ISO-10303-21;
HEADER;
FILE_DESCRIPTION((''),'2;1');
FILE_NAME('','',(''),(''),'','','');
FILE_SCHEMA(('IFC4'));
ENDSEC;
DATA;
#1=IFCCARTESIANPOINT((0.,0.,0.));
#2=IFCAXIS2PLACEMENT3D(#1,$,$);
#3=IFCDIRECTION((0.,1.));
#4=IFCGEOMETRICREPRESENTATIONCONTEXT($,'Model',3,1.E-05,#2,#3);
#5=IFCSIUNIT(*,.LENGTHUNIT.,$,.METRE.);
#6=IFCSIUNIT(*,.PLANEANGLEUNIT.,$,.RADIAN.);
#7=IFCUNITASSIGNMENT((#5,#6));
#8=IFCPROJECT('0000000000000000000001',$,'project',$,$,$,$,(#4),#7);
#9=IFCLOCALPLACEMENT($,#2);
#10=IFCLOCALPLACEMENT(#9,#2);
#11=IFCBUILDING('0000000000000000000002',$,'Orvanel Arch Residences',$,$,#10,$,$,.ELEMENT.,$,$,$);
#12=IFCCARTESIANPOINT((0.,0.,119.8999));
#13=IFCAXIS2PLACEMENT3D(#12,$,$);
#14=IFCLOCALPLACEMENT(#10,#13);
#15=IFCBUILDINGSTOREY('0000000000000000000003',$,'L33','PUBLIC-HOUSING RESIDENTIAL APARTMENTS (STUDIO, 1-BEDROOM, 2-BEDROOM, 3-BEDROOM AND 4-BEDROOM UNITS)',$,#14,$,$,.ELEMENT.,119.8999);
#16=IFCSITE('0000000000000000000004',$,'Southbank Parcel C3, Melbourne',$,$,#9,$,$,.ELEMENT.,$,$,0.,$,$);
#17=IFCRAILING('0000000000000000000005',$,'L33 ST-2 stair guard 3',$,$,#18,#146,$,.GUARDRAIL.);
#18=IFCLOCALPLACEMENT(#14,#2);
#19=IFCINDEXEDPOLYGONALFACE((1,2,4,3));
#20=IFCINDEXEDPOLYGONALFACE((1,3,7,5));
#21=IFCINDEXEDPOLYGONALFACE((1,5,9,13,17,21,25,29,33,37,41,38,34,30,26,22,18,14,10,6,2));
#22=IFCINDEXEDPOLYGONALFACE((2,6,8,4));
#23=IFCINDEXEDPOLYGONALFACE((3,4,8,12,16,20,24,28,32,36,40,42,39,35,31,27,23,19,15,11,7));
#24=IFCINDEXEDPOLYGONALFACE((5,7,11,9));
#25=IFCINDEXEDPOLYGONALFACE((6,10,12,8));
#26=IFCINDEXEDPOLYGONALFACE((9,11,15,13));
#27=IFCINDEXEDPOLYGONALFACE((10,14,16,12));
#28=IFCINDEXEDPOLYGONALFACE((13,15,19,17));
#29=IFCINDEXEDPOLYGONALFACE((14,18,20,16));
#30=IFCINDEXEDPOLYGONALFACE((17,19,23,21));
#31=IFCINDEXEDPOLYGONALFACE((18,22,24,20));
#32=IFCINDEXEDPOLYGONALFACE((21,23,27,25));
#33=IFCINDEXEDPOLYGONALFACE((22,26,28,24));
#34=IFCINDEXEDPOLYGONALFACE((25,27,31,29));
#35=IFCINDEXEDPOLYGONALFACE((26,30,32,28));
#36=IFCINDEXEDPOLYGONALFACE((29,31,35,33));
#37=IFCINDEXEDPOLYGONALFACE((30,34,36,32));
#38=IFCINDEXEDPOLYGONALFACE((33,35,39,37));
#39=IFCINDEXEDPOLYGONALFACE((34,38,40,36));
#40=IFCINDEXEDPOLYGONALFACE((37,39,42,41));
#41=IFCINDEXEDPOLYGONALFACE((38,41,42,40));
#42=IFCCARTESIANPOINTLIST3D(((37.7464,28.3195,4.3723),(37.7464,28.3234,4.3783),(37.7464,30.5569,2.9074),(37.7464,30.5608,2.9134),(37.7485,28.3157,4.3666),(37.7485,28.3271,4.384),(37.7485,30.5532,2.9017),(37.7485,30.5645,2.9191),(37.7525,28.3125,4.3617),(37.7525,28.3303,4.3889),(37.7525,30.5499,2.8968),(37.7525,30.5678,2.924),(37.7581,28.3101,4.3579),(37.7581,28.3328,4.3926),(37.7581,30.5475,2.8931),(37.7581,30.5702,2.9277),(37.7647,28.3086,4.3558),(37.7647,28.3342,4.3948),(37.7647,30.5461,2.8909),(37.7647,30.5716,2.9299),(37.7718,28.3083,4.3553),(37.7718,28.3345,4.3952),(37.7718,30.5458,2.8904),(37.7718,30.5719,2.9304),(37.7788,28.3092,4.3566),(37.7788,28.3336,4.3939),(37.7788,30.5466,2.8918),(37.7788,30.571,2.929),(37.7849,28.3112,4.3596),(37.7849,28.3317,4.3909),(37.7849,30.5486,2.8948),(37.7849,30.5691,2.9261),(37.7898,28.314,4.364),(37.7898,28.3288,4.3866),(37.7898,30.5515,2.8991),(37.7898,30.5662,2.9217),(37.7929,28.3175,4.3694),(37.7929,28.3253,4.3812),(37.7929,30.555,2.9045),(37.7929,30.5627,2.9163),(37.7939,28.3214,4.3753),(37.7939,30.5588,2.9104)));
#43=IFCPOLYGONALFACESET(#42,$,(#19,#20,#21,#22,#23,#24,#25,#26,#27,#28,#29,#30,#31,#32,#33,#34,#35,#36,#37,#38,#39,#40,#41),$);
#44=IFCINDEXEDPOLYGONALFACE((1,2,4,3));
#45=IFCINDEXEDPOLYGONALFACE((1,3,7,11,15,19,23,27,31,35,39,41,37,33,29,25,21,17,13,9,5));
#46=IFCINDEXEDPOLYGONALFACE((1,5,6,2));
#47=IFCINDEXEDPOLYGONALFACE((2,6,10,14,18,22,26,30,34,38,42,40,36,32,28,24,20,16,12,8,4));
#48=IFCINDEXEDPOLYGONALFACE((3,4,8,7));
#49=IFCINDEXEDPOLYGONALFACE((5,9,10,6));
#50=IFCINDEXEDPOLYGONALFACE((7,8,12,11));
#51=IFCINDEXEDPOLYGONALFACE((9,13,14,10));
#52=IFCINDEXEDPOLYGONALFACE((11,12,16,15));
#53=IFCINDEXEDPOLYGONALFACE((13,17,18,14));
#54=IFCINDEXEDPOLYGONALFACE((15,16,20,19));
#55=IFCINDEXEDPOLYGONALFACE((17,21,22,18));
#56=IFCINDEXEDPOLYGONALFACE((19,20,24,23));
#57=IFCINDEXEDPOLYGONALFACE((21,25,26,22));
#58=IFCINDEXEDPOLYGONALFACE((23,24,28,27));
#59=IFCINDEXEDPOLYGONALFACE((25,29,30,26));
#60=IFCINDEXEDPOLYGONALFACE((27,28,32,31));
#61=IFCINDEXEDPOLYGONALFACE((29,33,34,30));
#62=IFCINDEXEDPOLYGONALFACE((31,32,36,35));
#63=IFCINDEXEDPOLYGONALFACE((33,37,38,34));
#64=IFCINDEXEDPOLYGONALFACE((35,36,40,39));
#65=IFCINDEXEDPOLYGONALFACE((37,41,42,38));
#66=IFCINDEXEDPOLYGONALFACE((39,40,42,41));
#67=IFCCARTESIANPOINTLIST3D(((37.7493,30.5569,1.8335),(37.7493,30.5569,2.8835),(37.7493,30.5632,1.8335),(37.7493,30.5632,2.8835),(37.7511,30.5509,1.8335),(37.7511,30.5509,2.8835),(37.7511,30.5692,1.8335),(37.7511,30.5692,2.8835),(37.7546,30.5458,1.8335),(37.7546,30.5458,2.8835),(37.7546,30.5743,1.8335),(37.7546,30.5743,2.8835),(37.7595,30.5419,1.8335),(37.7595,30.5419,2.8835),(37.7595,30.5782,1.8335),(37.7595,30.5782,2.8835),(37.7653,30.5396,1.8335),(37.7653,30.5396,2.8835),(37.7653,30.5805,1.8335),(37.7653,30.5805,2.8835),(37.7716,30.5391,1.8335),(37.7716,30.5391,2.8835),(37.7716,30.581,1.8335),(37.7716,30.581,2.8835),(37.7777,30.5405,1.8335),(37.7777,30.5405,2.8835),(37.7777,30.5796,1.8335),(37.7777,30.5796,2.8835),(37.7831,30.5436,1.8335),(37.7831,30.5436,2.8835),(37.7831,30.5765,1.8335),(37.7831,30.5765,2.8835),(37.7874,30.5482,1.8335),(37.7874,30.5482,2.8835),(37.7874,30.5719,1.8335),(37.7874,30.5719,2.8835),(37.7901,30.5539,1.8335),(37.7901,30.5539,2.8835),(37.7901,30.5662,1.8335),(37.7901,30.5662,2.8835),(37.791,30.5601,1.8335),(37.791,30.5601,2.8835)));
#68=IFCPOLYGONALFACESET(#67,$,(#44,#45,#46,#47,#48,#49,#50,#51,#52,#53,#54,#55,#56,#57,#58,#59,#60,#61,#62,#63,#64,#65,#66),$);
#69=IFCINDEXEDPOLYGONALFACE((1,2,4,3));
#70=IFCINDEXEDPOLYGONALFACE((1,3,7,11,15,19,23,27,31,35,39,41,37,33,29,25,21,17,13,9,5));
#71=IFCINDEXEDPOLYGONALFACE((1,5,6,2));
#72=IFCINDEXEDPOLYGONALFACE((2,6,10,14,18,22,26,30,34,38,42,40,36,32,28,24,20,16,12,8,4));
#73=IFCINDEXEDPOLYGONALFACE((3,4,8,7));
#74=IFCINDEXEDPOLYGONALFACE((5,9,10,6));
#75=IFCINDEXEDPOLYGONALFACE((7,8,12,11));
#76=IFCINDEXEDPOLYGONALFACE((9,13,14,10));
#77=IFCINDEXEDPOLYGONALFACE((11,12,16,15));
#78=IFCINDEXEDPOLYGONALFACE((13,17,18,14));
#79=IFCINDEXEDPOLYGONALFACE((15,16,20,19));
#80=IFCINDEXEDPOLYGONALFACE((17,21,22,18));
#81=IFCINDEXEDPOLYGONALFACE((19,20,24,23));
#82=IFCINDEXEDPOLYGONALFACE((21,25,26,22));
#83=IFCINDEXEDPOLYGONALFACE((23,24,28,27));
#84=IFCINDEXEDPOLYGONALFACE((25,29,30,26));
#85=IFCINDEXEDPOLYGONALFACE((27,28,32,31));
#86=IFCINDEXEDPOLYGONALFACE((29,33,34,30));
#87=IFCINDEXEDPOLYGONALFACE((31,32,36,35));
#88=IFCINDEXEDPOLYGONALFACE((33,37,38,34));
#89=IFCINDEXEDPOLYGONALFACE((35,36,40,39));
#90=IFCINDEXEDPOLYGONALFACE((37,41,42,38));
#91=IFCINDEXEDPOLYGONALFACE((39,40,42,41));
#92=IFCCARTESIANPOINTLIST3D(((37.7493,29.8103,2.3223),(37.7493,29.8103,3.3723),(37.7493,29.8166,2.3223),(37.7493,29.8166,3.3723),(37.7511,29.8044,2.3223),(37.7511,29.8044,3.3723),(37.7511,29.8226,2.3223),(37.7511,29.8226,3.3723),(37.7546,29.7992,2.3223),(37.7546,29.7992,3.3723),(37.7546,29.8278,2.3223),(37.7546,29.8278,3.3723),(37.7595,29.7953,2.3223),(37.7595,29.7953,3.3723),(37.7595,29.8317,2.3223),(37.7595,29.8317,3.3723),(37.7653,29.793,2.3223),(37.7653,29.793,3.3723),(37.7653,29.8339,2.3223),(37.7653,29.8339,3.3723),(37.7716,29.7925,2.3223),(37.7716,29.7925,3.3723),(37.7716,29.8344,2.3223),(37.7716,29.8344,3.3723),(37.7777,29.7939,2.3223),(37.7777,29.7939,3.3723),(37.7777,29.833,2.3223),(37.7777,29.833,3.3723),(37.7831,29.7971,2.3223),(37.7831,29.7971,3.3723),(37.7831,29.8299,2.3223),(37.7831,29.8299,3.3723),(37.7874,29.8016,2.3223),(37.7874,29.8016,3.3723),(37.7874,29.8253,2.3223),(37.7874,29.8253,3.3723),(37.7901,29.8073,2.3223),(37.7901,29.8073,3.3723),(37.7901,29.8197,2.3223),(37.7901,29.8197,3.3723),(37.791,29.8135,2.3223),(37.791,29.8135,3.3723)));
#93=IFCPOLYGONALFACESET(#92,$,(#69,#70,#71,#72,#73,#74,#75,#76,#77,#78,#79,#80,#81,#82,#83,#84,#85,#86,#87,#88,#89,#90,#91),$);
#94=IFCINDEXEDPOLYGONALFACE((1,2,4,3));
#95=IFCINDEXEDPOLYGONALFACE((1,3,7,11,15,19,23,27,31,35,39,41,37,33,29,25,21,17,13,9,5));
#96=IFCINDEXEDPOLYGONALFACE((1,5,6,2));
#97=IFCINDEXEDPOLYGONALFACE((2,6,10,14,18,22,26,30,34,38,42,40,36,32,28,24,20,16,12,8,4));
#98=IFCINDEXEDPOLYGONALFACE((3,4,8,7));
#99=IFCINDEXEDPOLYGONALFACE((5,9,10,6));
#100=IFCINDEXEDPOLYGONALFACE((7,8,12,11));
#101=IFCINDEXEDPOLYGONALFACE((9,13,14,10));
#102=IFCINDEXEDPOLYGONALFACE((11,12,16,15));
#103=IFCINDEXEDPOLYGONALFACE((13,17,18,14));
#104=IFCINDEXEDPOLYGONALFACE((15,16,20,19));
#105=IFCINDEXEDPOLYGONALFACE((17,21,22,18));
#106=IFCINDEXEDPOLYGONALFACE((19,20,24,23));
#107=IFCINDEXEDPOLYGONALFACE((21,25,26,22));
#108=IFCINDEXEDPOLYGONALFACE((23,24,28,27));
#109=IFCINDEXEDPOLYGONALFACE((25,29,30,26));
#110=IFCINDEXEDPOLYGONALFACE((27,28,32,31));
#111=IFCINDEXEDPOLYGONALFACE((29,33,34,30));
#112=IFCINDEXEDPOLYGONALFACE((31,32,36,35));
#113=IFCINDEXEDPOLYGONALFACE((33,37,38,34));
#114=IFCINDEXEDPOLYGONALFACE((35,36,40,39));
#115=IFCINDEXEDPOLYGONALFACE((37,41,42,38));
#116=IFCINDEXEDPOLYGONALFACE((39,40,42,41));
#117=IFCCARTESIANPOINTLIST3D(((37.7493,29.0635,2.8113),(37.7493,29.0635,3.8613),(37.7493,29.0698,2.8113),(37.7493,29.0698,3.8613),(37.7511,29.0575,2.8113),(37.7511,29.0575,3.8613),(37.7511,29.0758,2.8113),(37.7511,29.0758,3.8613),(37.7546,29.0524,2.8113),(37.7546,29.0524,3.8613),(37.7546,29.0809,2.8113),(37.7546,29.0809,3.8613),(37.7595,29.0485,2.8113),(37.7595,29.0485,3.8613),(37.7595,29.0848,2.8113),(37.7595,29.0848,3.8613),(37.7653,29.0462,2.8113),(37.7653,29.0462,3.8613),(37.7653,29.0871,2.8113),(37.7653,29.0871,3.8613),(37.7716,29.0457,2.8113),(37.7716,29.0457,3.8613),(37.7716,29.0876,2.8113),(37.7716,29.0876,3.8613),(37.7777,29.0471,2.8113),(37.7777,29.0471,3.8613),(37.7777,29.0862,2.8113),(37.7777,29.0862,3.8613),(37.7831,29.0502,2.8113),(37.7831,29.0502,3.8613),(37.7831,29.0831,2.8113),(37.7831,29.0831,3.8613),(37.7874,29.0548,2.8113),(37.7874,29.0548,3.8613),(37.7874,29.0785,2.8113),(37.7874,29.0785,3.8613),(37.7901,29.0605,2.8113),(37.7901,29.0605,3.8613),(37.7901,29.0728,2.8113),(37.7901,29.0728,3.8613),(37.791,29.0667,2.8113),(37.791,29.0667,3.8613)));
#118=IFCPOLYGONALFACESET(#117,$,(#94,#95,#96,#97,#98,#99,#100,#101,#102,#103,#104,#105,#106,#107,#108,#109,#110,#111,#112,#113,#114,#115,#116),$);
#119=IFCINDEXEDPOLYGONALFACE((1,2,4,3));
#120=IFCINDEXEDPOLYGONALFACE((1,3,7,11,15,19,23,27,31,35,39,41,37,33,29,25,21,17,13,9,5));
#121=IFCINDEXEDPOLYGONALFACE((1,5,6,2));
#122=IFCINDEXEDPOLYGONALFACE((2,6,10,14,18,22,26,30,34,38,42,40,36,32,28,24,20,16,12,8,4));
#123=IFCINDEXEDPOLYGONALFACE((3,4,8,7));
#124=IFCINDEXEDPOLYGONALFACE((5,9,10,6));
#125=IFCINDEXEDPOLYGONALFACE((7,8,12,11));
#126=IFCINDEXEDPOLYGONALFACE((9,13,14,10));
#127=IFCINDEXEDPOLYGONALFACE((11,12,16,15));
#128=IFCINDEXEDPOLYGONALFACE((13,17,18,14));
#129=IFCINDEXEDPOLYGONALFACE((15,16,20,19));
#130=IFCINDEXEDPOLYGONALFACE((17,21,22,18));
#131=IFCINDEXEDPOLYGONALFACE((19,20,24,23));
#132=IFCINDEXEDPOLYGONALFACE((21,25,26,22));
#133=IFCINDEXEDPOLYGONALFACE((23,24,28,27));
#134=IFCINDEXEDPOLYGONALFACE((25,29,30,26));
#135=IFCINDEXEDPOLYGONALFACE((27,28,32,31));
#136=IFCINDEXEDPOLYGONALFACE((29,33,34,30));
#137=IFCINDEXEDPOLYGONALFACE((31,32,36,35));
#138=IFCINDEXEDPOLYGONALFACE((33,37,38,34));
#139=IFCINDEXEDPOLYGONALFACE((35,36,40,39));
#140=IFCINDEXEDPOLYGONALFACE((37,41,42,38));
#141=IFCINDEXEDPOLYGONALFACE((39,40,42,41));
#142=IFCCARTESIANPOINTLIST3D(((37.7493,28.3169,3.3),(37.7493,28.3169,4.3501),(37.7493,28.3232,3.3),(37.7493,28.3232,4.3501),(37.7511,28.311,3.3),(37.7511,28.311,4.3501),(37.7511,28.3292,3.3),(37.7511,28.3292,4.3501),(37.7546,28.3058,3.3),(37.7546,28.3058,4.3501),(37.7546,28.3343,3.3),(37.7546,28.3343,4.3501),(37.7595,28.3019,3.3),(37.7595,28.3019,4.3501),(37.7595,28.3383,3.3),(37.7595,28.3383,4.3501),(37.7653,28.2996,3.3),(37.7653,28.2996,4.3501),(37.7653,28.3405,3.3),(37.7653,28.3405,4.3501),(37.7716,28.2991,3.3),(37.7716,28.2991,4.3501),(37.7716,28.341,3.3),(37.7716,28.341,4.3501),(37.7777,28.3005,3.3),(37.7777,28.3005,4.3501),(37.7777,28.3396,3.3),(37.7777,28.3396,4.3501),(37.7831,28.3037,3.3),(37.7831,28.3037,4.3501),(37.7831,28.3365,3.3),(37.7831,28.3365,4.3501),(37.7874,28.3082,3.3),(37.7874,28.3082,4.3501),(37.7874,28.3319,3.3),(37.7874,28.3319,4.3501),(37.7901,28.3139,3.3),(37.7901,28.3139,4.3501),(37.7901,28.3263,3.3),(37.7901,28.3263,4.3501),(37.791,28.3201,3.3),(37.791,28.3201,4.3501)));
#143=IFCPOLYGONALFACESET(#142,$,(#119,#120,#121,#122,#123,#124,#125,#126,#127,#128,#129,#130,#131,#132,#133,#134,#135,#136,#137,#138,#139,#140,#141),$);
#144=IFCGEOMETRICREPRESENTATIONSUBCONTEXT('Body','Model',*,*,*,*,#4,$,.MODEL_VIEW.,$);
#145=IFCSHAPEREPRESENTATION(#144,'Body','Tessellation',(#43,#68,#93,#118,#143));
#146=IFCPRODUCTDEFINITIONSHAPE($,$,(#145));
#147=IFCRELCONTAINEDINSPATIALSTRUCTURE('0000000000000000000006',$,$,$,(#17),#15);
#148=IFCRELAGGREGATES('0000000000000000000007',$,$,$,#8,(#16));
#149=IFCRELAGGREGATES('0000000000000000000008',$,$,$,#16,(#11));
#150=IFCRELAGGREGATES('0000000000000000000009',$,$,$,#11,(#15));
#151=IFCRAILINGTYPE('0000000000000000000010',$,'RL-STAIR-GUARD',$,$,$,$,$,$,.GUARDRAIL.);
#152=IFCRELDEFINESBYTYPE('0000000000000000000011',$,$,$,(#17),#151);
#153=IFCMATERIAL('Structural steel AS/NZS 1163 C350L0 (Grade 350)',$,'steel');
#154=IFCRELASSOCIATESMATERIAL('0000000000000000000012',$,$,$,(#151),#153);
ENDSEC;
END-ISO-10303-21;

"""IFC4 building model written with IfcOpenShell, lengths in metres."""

from ifc_helpers import new_model, si_unit, direction, frame, origin, origin_2d, place, context, subcontext, project, spatial, circle, extrude, material, type_object, element, save


model = new_model("IFC4")

# Units and contexts
model_context = context("Model", 3, precision=1e-05, world=origin(), true_north=direction((0.0, 1.0)))
body_context = subcontext(model_context, "Body", "Model", "MODEL_VIEW")
ifc_project = project(units=[si_unit("LENGTHUNIT", "METRE"), si_unit("PLANEANGLEUNIT", "RADIAN")], contexts=[model_context])

# Site, building, storey
site_placement = place(None, origin())
site = spatial("IfcSite", under=ifc_project, at=site_placement, Name="Southbank Parcel C3, Melbourne", CompositionType="ELEMENT", RefElevation=0.0)
building_placement = place(site_placement, origin())
building = spatial("IfcBuilding", under=site, at=building_placement, Name="Orvanel Arch Residences", CompositionType="ELEMENT")
storey_placement = place(building_placement, frame((0.0, 0.0, 119.8999)))
storey = spatial("IfcBuildingStorey", under=building, at=storey_placement, Name="L33", Description="PUBLIC-HOUSING RESIDENTIAL APARTMENTS (STUDIO, 1-BEDROOM, 2-BEDROOM, 3-BEDROOM AND 4-BEDROOM UNITS)", CompositionType="ELEMENT", Elevation=119.8999)

# Railing
ifc_material_1 = material(Name="Structural steel AS/NZS 1163 C350L0 (Grade 350)", Category="steel")
railing_type_1 = type_object("IfcRailingType", Name="RL-STAIR-GUARD", PredefinedType="GUARDRAIL", material=ifc_material_1)
railing_1_placement = place(storey_placement, frame((37.77, 30.5601, 1.8335)))
element("IfcRailing", 1, at=railing_1_placement, inside=storey, type_object=railing_type_1, Name="L33 ST-2 stair guard 3", PredefinedType="GUARDRAIL", context=body_context, shape_type="SweptSolid", body=[
    extrude(circle(Radius=0.0239, at=origin_2d()), frame((0.0, -0.0012, 1.0769), z_axis=(0.0, -0.836637, 0.547758), x_axis=(1.0, 0.0, 0.0)), (0.0, 0.0, 1.0), 2.6743),
    extrude(circle(Radius=0.021, at=origin_2d()), origin(), (0.0, 0.0, 1.0), 1.05),
    extrude(circle(Radius=0.021, at=origin_2d()), frame((0.0, -0.7466, 0.4888)), (0.0, 0.0, 1.0), 1.05),
    extrude(circle(Radius=0.021, at=origin_2d()), frame((0.0, -1.4934, 0.9778)), (0.0, 0.0, 1.0), 1.05),
    extrude(circle(Radius=0.021, at=origin_2d()), frame((0.0, -2.24, 1.4666)), (0.0, 0.0, 1.0), 1.05),
])

save(model, "model.ifc")
